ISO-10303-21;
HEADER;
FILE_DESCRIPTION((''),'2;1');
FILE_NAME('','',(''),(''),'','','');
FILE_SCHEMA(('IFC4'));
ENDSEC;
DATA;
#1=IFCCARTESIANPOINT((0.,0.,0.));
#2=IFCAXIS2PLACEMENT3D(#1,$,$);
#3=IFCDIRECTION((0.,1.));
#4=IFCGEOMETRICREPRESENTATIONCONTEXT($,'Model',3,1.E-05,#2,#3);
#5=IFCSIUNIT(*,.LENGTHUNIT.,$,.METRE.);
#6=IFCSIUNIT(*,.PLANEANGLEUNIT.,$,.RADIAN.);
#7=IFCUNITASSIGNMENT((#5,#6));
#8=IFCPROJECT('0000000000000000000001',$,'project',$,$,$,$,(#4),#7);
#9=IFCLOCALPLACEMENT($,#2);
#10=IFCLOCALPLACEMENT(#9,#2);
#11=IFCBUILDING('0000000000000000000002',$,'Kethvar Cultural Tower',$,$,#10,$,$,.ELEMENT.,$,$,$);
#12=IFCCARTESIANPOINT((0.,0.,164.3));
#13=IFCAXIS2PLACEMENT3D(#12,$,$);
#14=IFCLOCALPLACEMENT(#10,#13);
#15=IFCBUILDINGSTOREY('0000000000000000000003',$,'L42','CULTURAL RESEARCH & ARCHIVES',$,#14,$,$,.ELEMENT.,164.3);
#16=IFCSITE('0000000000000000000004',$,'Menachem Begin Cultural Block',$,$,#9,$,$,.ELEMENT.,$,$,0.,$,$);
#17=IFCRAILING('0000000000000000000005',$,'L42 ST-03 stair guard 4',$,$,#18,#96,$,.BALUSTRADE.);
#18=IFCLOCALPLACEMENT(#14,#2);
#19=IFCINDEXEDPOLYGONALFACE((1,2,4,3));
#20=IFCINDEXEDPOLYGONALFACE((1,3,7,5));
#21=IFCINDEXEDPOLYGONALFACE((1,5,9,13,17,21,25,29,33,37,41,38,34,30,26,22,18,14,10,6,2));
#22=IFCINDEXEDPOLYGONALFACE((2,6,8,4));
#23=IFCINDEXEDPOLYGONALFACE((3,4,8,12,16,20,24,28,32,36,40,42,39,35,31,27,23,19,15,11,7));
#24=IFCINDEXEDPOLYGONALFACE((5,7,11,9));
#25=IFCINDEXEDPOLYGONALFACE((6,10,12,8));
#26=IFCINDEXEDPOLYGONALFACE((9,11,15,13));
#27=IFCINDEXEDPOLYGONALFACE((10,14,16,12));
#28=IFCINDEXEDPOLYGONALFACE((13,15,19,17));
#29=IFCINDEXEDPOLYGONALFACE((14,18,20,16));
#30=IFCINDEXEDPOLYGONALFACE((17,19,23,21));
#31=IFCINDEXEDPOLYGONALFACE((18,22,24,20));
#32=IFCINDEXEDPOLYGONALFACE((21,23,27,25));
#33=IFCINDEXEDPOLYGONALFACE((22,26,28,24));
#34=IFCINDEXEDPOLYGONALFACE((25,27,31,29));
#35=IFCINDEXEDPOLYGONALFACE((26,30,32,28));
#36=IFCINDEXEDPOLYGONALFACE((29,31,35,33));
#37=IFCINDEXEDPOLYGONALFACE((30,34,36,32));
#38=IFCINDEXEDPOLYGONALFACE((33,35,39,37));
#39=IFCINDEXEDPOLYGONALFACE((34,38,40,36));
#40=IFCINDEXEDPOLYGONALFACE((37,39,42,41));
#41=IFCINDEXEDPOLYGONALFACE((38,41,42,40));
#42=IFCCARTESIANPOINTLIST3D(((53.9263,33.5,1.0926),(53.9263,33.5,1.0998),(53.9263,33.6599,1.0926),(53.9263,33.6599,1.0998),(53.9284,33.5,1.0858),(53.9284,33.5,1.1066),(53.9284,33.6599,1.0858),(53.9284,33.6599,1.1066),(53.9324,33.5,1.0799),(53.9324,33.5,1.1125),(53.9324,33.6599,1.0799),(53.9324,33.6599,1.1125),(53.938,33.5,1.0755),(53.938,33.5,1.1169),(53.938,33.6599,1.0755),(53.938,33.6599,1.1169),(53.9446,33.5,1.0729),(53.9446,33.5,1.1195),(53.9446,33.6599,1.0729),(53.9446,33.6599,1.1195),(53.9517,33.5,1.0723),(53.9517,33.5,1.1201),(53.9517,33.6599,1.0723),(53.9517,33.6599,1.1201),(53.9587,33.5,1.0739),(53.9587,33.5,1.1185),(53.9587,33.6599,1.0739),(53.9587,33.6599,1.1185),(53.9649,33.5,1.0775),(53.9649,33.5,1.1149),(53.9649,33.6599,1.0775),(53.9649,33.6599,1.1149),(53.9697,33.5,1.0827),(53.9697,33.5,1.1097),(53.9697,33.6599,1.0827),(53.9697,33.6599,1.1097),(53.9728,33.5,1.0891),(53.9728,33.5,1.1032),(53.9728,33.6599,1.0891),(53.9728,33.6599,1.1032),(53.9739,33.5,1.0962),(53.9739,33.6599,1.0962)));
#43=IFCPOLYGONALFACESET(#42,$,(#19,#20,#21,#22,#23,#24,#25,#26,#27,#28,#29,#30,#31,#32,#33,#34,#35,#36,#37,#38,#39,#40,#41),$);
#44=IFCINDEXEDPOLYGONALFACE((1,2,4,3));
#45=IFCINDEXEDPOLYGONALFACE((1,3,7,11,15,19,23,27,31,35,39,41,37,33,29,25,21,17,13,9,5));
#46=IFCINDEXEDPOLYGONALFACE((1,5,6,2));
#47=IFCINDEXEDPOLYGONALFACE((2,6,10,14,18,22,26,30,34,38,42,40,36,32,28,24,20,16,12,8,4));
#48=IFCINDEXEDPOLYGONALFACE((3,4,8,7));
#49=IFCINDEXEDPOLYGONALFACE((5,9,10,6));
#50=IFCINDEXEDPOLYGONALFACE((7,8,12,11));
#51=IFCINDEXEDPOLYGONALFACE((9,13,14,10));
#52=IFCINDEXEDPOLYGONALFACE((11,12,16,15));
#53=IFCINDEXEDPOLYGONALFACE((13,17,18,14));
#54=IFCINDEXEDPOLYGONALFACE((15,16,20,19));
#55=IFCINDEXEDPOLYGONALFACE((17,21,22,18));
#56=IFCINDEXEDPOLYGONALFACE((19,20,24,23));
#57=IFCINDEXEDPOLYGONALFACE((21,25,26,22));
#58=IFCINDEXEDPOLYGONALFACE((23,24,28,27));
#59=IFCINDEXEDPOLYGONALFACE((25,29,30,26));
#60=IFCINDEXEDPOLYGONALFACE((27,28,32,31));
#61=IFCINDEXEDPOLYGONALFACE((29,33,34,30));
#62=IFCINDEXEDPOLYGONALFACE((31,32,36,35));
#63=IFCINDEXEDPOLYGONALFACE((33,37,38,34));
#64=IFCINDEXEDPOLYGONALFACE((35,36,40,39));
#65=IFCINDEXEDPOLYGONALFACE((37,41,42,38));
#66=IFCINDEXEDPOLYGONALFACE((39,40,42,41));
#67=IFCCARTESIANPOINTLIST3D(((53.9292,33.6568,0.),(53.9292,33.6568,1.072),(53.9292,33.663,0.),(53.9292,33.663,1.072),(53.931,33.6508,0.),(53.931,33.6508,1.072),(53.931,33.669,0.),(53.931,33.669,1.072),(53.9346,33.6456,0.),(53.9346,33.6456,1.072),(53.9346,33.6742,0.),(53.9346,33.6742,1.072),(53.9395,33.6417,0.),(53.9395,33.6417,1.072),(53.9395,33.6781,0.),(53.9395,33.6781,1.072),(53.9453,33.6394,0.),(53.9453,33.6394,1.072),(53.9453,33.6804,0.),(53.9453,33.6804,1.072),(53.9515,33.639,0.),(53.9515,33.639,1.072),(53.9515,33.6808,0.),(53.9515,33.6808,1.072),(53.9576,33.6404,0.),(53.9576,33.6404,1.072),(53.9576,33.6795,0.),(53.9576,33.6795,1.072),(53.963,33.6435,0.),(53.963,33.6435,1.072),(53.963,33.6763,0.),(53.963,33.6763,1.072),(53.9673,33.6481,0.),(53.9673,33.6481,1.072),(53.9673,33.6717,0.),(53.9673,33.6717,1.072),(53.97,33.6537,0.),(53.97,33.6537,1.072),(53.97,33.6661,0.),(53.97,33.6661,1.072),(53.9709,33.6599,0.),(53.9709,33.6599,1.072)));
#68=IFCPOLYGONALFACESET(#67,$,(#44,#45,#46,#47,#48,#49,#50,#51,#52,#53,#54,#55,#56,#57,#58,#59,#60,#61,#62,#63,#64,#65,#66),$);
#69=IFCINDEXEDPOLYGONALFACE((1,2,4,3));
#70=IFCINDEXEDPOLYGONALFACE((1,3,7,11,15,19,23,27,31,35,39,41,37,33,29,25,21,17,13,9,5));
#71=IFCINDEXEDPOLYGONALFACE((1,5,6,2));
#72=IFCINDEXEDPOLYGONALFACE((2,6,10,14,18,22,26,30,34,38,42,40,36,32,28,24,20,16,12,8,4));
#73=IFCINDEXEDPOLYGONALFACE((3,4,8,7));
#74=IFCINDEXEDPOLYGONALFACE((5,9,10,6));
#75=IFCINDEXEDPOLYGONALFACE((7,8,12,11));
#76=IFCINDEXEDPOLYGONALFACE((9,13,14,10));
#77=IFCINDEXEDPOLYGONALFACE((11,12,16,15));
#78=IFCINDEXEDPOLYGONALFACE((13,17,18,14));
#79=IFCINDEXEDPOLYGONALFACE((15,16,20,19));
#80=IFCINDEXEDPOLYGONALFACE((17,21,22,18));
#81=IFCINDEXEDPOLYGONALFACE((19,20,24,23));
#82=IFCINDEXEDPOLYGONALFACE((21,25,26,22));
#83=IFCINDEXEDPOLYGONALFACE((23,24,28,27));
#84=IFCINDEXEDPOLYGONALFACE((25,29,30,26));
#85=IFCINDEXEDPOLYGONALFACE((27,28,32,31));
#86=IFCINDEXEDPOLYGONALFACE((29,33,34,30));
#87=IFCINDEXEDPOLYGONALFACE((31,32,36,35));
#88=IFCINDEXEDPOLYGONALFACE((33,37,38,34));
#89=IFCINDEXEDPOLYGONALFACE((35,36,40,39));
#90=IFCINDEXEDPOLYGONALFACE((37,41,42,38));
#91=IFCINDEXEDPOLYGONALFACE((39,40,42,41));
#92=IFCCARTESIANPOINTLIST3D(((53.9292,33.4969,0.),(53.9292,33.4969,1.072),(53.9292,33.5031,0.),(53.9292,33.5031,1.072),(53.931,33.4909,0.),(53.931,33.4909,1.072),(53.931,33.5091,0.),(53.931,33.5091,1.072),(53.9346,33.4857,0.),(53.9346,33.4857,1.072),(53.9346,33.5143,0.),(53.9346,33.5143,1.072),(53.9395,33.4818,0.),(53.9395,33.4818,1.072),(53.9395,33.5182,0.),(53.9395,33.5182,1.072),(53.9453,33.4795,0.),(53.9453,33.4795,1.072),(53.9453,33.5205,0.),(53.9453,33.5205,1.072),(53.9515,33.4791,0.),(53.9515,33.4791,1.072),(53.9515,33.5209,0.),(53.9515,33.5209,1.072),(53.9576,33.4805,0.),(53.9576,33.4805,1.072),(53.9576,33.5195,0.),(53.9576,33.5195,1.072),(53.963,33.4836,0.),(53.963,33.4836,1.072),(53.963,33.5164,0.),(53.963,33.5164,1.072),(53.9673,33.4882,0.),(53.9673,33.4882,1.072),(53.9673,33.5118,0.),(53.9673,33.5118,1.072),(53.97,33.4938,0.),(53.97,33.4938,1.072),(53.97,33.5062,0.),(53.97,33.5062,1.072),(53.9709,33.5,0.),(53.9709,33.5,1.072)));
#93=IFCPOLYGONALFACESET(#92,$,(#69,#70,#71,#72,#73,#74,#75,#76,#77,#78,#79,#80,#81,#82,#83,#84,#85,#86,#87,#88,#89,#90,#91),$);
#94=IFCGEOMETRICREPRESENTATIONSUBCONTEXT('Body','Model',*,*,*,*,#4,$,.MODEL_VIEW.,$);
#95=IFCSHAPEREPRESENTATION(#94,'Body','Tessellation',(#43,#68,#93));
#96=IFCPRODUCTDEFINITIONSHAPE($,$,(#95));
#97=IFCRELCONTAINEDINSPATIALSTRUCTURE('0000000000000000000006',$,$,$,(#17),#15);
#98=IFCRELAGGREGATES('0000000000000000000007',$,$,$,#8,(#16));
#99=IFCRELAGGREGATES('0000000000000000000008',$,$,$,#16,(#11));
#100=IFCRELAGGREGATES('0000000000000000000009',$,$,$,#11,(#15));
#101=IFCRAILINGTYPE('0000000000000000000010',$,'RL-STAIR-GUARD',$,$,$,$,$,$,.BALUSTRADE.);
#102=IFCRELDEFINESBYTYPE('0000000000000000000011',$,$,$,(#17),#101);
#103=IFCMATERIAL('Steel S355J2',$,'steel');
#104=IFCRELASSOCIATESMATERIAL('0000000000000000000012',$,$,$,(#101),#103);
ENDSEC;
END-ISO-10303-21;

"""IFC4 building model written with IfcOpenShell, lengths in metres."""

from ifc_helpers import new_model, si_unit, direction, frame, origin, origin_2d, place, context, subcontext, project, spatial, circle, extrude, material, type_object, element, save


model = new_model("IFC4")

# Units and contexts
model_context = context("Model", 3, precision=1e-05, world=origin(), true_north=direction((0.0, 1.0)))
body_context = subcontext(model_context, "Body", "Model", "MODEL_VIEW")
ifc_project = project(units=[si_unit("LENGTHUNIT", "METRE"), si_unit("PLANEANGLEUNIT", "RADIAN")], contexts=[model_context])

# Site, building, storey
site_placement = place(None, origin())
site = spatial("IfcSite", under=ifc_project, at=site_placement, Name="Menachem Begin Cultural Block", CompositionType="ELEMENT", RefElevation=0.0)
building_placement = place(site_placement, origin())
building = spatial("IfcBuilding", under=site, at=building_placement, Name="Kethvar Cultural Tower", CompositionType="ELEMENT")
storey_placement = place(building_placement, frame((0.0, 0.0, 164.3)))
storey = spatial("IfcBuildingStorey", under=building, at=storey_placement, Name="L42", Description="CULTURAL RESEARCH & ARCHIVES", CompositionType="ELEMENT", Elevation=164.3)

# Shared definitions
ifc_material_1 = material(Name="Steel S355J2", Category="steel")

# Railing
railing_type_1 = type_object("IfcRailingType", Name="RL-STAIR-GUARD", PredefinedType="BALUSTRADE", material=ifc_material_1)
railing_1_placement = place(storey_placement, frame((53.95, 33.6599, 0.0)))
element("IfcRailing", 1, at=railing_1_placement, inside=storey, type_object=railing_type_1, Name="L42 ST-03 stair guard 4", PredefinedType="BALUSTRADE", context=body_context, shape_type="SweptSolid", body=[
    extrude(circle(Radius=0.0239, at=origin_2d()), frame((0.0, 0.0, 1.0962), z_axis=(0.0, -1.0, 0.0), x_axis=(1.0, 0.0, 0.0)), (0.0, 0.0, 1.0), 0.1599),
    extrude(circle(Radius=0.021, at=origin_2d()), origin(), (0.0, 0.0, 1.0), 1.072),
    extrude(circle(Radius=0.021, at=origin_2d()), frame((0.0, -0.1599, 0.0)), (0.0, 0.0, 1.0), 1.072),
])

save(model, "model.ifc")
